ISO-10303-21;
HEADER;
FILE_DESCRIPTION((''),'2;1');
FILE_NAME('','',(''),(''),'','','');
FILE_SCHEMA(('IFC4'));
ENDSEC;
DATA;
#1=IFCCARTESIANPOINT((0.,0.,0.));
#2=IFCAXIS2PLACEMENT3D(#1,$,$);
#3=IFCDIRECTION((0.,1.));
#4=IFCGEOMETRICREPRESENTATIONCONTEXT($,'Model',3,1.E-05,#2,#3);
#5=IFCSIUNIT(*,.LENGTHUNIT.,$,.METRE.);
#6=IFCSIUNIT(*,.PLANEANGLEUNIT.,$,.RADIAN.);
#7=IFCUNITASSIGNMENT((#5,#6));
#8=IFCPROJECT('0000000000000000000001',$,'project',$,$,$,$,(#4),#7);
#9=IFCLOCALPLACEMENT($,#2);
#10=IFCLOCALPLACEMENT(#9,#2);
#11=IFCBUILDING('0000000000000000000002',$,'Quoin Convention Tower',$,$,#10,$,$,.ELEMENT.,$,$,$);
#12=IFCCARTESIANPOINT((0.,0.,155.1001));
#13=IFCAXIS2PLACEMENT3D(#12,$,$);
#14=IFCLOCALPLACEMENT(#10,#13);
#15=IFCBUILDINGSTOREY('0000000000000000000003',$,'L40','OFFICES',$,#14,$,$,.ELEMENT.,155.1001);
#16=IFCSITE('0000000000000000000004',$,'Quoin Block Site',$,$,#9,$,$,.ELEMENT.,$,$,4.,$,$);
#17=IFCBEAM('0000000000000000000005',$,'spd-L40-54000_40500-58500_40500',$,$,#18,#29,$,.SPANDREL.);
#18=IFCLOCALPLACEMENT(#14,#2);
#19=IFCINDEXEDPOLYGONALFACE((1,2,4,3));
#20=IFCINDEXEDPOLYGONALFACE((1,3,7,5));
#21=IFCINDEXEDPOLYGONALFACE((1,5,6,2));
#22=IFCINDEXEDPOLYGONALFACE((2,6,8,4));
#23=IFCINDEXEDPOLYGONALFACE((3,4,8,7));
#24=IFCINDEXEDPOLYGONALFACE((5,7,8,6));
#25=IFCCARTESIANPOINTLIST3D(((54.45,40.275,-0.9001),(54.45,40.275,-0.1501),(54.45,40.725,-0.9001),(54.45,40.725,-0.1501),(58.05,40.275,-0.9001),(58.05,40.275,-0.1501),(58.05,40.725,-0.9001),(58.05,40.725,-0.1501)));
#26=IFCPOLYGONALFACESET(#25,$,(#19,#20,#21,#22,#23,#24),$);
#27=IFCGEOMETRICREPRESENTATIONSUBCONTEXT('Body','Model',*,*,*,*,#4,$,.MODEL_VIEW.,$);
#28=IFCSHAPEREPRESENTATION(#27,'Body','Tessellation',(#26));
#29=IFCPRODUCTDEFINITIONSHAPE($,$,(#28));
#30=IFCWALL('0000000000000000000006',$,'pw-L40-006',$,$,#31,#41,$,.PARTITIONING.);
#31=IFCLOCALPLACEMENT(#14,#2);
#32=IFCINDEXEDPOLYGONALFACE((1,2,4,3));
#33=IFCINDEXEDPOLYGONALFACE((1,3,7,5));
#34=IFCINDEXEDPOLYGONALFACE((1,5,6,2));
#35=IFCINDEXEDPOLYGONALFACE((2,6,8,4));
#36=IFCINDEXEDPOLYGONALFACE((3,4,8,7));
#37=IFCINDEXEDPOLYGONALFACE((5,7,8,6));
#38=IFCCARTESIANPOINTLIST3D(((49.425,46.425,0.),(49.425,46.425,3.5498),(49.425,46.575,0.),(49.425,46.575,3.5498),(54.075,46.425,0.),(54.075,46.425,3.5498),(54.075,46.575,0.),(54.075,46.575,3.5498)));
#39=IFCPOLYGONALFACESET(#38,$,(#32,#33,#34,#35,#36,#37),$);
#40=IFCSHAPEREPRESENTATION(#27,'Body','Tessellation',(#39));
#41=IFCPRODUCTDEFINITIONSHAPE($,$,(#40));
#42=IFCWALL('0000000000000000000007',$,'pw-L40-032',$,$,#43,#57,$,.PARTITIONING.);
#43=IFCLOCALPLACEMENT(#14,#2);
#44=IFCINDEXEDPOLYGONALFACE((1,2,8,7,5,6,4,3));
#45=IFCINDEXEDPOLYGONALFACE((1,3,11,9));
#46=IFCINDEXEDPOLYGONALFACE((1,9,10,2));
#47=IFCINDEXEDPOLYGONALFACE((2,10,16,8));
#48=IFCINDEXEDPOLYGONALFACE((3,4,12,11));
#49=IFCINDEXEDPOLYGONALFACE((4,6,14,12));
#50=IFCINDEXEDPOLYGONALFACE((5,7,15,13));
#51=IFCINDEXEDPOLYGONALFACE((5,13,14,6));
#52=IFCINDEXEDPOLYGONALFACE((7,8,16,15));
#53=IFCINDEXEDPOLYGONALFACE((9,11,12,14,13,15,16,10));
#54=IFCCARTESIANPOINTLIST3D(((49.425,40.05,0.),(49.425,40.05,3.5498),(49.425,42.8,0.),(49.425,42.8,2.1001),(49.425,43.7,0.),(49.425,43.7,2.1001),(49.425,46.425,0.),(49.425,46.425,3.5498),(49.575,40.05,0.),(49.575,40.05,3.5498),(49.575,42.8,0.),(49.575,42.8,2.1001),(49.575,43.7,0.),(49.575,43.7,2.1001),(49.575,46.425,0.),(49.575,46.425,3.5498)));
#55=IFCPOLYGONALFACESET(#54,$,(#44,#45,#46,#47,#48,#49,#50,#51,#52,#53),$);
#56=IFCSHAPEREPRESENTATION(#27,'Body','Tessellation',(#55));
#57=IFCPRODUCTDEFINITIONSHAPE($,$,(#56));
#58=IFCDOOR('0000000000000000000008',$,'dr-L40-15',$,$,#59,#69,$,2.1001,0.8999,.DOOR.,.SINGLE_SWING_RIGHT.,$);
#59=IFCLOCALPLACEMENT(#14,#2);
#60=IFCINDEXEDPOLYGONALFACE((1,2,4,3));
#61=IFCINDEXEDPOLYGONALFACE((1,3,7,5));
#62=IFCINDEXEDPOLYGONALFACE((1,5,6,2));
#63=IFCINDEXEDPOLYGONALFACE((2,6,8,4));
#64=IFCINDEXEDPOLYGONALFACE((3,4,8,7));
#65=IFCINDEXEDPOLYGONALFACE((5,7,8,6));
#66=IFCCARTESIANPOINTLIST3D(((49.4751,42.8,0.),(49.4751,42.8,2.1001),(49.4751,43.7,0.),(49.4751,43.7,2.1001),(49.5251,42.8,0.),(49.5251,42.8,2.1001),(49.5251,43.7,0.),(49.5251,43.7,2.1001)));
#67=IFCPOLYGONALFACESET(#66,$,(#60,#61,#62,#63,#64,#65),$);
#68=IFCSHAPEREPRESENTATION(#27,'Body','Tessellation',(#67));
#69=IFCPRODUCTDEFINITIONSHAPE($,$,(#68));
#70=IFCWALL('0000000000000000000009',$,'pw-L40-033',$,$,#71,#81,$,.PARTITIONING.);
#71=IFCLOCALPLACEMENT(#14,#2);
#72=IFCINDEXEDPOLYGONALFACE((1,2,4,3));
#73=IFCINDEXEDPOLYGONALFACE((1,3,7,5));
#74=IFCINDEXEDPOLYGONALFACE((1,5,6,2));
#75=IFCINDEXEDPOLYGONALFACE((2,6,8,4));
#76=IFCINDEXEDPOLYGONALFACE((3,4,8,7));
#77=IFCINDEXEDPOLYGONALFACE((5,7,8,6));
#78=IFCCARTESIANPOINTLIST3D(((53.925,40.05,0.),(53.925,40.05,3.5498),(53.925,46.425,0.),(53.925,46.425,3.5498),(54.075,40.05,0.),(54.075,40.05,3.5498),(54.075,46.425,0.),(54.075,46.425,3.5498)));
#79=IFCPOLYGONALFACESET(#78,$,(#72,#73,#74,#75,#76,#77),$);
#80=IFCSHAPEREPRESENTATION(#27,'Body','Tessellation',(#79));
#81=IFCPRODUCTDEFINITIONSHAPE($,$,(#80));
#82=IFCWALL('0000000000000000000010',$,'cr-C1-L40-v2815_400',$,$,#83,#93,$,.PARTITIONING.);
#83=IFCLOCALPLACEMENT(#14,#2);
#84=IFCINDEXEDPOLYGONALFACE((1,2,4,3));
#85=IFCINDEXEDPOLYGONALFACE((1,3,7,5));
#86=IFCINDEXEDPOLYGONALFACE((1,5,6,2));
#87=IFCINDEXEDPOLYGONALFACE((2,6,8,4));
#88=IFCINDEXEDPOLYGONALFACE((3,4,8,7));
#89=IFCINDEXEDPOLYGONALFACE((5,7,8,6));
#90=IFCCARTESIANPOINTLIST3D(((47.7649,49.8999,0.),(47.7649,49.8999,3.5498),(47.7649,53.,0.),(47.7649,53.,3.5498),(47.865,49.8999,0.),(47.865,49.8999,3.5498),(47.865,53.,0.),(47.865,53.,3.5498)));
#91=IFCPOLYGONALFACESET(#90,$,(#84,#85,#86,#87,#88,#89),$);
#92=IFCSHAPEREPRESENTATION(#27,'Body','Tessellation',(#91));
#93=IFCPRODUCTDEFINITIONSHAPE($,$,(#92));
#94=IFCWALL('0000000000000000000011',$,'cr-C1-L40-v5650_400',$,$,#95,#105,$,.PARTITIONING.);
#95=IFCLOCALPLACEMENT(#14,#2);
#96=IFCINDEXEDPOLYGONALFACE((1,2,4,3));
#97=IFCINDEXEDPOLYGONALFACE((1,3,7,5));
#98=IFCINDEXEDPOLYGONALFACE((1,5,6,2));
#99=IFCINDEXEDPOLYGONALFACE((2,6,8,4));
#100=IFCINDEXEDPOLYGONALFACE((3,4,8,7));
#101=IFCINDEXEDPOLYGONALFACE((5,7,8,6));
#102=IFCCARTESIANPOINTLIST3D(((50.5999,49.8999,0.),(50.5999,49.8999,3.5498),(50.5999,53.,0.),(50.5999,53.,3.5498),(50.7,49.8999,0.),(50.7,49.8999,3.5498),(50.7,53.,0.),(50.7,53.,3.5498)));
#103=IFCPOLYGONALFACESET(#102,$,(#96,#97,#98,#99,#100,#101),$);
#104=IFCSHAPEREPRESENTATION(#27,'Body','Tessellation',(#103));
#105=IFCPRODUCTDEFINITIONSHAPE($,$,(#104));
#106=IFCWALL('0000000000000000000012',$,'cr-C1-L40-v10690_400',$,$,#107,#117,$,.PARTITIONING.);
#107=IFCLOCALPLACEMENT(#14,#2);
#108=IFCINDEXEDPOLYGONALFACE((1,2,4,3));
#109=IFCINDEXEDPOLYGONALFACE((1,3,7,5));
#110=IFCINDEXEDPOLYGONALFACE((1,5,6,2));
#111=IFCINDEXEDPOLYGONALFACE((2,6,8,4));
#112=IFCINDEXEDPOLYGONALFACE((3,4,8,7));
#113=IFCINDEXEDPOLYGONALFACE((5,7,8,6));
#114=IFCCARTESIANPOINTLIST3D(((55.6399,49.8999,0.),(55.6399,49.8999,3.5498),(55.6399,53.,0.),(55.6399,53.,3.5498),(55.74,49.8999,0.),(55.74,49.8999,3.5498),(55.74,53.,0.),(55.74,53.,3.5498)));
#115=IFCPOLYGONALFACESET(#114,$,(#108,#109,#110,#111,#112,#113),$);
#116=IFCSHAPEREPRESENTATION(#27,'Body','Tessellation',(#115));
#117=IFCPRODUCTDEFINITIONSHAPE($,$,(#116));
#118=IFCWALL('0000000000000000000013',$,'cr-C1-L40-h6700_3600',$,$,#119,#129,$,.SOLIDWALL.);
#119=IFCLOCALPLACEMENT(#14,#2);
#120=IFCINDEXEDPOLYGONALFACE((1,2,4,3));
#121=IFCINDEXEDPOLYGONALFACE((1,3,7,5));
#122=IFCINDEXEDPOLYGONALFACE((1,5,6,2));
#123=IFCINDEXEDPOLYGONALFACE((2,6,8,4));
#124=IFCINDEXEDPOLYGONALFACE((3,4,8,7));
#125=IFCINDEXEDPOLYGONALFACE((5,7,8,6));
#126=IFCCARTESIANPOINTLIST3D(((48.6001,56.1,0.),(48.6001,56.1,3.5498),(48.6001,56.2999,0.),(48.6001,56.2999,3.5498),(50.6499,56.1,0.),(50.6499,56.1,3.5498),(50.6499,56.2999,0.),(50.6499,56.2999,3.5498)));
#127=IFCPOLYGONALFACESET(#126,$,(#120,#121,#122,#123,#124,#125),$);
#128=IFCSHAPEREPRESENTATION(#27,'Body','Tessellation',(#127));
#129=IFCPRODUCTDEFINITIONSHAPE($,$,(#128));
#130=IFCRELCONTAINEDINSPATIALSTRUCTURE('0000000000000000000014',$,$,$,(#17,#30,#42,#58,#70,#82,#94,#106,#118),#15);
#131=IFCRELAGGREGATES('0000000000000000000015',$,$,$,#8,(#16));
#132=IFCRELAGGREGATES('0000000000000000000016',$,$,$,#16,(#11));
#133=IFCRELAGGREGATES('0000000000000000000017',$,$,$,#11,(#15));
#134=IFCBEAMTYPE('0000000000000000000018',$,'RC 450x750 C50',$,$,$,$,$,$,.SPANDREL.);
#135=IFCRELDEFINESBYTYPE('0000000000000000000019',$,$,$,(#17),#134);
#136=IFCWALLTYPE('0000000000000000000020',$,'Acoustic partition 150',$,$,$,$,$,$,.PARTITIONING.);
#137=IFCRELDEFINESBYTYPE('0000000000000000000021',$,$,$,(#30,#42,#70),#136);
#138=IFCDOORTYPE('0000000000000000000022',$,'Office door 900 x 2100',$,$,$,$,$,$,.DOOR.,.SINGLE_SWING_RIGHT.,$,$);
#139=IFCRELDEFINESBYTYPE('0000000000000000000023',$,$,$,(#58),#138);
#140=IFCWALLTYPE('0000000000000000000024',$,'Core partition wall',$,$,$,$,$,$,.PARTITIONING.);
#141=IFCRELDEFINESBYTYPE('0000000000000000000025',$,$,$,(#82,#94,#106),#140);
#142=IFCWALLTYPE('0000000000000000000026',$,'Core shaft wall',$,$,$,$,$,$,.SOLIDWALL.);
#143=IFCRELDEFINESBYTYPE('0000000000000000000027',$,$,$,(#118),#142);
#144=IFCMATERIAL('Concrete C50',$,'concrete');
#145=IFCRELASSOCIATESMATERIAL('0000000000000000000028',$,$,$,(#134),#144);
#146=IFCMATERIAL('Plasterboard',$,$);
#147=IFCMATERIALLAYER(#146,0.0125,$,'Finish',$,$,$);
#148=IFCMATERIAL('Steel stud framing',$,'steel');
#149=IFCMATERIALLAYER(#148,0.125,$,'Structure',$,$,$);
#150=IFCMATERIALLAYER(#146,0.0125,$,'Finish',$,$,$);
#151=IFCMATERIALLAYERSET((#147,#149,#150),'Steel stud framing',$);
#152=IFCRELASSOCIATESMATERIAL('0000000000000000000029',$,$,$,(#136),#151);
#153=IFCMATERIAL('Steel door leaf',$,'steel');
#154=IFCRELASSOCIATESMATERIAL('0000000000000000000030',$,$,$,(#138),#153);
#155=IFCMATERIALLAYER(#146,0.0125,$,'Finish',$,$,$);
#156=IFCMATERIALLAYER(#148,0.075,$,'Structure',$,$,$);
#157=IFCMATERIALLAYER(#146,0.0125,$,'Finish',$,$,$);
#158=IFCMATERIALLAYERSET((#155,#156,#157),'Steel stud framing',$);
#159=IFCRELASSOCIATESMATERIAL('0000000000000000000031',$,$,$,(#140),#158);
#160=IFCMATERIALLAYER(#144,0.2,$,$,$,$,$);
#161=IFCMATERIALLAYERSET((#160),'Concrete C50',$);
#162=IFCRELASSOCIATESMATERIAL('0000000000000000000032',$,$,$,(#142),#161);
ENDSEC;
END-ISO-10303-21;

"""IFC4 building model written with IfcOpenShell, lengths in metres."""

from ifc_helpers import new_model, si_unit, direction, frame, frame_2d, origin, origin_2d, place, context, subcontext, project, spatial, rectangle, extrude, material, layer, layer_set, material_profile, profile_set, type_object, element, fill, save


model = new_model("IFC4")

# Units and contexts
model_context = context("Model", 3, precision=1e-05, world=origin(), true_north=direction((0.0, 1.0)))
body_context = subcontext(model_context, "Body", "Model", "MODEL_VIEW")
ifc_project = project(units=[si_unit("LENGTHUNIT", "METRE"), si_unit("PLANEANGLEUNIT", "RADIAN")], contexts=[model_context])

# Site, building, storey
site_placement = place(None, origin())
site = spatial("IfcSite", under=ifc_project, at=site_placement, Name="Quoin Block Site", CompositionType="ELEMENT", RefElevation=4.0)
building_placement = place(site_placement, origin())
building = spatial("IfcBuilding", under=site, at=building_placement, Name="Quoin Convention Tower", CompositionType="ELEMENT")
storey_placement = place(building_placement, frame((0.0, 0.0, 155.1001)))
storey = spatial("IfcBuildingStorey", under=building, at=storey_placement, Name="L40", Description="OFFICES", CompositionType="ELEMENT", Elevation=155.1001)

# Shared definitions
ifc_material_1 = material(Name="Concrete C50", Category="concrete")

# Beam
ifc_material_profile_1 = material_profile(ifc_material_1, rectangle(XDim=0.45, YDim=0.75, at=origin_2d()), Name="RC 450x750")
ifc_profile_set_1 = profile_set([ifc_material_profile_1], Name="Concrete C50")
beam_type_1 = type_object("IfcBeamType", Name="RC 450x750 C50", PredefinedType="SPANDREL", material=ifc_profile_set_1)
for number, where, z_axis, x_axis, name in (
    (1, (54.45, 40.5, -0.5251), (1.0, 0.0, 0.0), (0.0, 1.0, 0.0), "spd-L40-54000_40500-58500_40500"),
):
    element("IfcBeam", number, at=place(storey_placement, frame(where, z_axis=z_axis, x_axis=x_axis)), inside=storey, type_object=beam_type_1, Name=name, PredefinedType="SPANDREL", context=body_context, shape_type="SweptSolid", body=[
        extrude(rectangle(XDim=0.45, YDim=0.75, at=origin_2d()), origin(), (0.0, 0.0, 1.0), 3.6001),
    ])

# Wall
ifc_material_2 = material(Name="Plasterboard")
ifc_layer_1 = layer(ifc_material_2, 0.0125, Name="Finish")
ifc_material_3 = material(Name="Steel stud framing", Category="steel")
ifc_layer_2 = layer(ifc_material_3, 0.125, Name="Structure")
ifc_layer_3 = layer(ifc_material_2, 0.0125, Name="Finish")
ifc_layer_set_1 = layer_set([ifc_layer_1, ifc_layer_2, ifc_layer_3], Name="Steel stud framing")
wall_type_1 = type_object("IfcWallType", Name="Acoustic partition 150", PredefinedType="PARTITIONING", material=ifc_layer_set_1)
wall_1_placement = place(storey_placement, frame((49.425, 46.5, 0.0), z_axis=(0.0, 0.0, 1.0), x_axis=(1.0, 0.0, 0.0)))
element("IfcWall", 2, at=wall_1_placement, inside=storey, type_object=wall_type_1, Name="pw-L40-006", PredefinedType="PARTITIONING", context=body_context, shape_type="SweptSolid", body=[
    extrude(rectangle(XDim=4.6499, YDim=0.1499, at=frame_2d((2.325, 0.0))), origin(), (0.0, 0.0, 1.0), 3.5498),
])

# Wall, opening, door
wall_2_placement = place(storey_placement, frame((49.5, 40.05, 0.0), z_axis=(0.0, 0.0, 1.0), x_axis=(0.0, 1.0, 0.0)))
wall_2 = element("IfcWall", 3, at=wall_2_placement, inside=storey, type_object=wall_type_1, Name="pw-L40-032", PredefinedType="PARTITIONING", context=body_context, shape_type="SweptSolid", body=[
    extrude(rectangle(XDim=6.375, YDim=0.1499, at=frame_2d((3.1875, 0.0))), origin(), (0.0, 0.0, 1.0), 3.5498),
])
opening_1_placement = place(wall_2_placement, frame((2.75, 0.0, 0.0)))
opening_1 = element("IfcOpeningElement", 4, at=opening_1_placement, cuts=wall_2, PredefinedType="OPENING", context=body_context, shape_type="SweptSolid", body=[
    extrude(rectangle(XDim=0.8999, YDim=2.1001, at=frame_2d((0.45, 1.05))), frame((0.0, 0.085, 0.0), z_axis=(0.0, -1.0, 0.0), x_axis=(1.0, 0.0, 0.0)), (0.0, 0.0, 1.0), 0.1699),
])
ifc_material_4 = material(Name="Steel door leaf", Category="steel")
door_type_1 = type_object("IfcDoorType", Name="Office door 900 x 2100", OperationType="SINGLE_SWING_RIGHT", PredefinedType="DOOR", material=ifc_material_4)
door_1_placement = place(opening_1_placement, origin())
door_1 = element("IfcDoor", 5, at=door_1_placement, inside=storey, type_object=door_type_1, Name="dr-L40-15", OperationType="SINGLE_SWING_RIGHT", OverallHeight=2.1001, OverallWidth=0.8999, PredefinedType="DOOR", context=body_context, shape_type="SweptSolid", body=[
    extrude(rectangle(XDim=0.8999, YDim=2.1001, at=frame_2d((0.45, 1.05))), frame((0.0, 0.0249, 0.0), z_axis=(0.0, -1.0, 0.0), x_axis=(1.0, 0.0, 0.0)), (0.0, 0.0, 1.0), 0.05),
])
fill(opening_1, door_1)

# Walls
wall_3_placement = place(storey_placement, frame((54.0, 40.05, 0.0), z_axis=(0.0, 0.0, 1.0), x_axis=(0.0, 1.0, 0.0)))
element("IfcWall", 6, at=wall_3_placement, inside=storey, type_object=wall_type_1, Name="pw-L40-033", PredefinedType="PARTITIONING", context=body_context, shape_type="SweptSolid", body=[
    extrude(rectangle(XDim=6.375, YDim=0.1499, at=frame_2d((3.1875, 0.0))), origin(), (0.0, 0.0, 1.0), 3.5498),
])
ifc_layer_4 = layer(ifc_material_2, 0.0125, Name="Finish")
ifc_layer_5 = layer(ifc_material_3, 0.075, Name="Structure")
ifc_layer_6 = layer(ifc_material_2, 0.0125, Name="Finish")
ifc_layer_set_2 = layer_set([ifc_layer_4, ifc_layer_5, ifc_layer_6], Name="Steel stud framing")
wall_type_2 = type_object("IfcWallType", Name="Core partition wall", PredefinedType="PARTITIONING", material=ifc_layer_set_2)
for number, where, z_axis, x_axis, name in (
    (7, (47.8149, 49.8999, 0.0), (0.0, 0.0, 1.0), (0.0, 1.0, 0.0), "cr-C1-L40-v2815_400"),
    (8, (50.6499, 49.8999, 0.0), (0.0, 0.0, 1.0), (0.0, 1.0, 0.0), "cr-C1-L40-v5650_400"),
    (9, (55.6899, 49.8999, 0.0), (0.0, 0.0, 1.0), (0.0, 1.0, 0.0), "cr-C1-L40-v10690_400"),
):
    element("IfcWall", number, at=place(storey_placement, frame(where, z_axis=z_axis, x_axis=x_axis)), inside=storey, type_object=wall_type_2, Name=name, PredefinedType="PARTITIONING", context=body_context, shape_type="SweptSolid", body=[
        extrude(rectangle(XDim=3.1001, YDim=0.1001, at=frame_2d((1.55, 0.0))), origin(), (0.0, 0.0, 1.0), 3.5498),
    ])
ifc_layer_7 = layer(ifc_material_1, 0.2)
ifc_layer_set_3 = layer_set([ifc_layer_7], Name="Concrete C50")
wall_type_3 = type_object("IfcWallType", Name="Core shaft wall", PredefinedType="SOLIDWALL", material=ifc_layer_set_3)
wall_4_placement = place(storey_placement, frame((48.6001, 56.2, 0.0), z_axis=(0.0, 0.0, 1.0), x_axis=(1.0, 0.0, 0.0)))
element("IfcWall", 10, at=wall_4_placement, inside=storey, type_object=wall_type_3, Name="cr-C1-L40-h6700_3600", PredefinedType="SOLIDWALL", context=body_context, shape_type="SweptSolid", body=[
    extrude(rectangle(XDim=2.0498, YDim=0.2, at=frame_2d((1.0249, 0.0))), origin(), (0.0, 0.0, 1.0), 3.5498),
])

save(model, "model.ifc")
